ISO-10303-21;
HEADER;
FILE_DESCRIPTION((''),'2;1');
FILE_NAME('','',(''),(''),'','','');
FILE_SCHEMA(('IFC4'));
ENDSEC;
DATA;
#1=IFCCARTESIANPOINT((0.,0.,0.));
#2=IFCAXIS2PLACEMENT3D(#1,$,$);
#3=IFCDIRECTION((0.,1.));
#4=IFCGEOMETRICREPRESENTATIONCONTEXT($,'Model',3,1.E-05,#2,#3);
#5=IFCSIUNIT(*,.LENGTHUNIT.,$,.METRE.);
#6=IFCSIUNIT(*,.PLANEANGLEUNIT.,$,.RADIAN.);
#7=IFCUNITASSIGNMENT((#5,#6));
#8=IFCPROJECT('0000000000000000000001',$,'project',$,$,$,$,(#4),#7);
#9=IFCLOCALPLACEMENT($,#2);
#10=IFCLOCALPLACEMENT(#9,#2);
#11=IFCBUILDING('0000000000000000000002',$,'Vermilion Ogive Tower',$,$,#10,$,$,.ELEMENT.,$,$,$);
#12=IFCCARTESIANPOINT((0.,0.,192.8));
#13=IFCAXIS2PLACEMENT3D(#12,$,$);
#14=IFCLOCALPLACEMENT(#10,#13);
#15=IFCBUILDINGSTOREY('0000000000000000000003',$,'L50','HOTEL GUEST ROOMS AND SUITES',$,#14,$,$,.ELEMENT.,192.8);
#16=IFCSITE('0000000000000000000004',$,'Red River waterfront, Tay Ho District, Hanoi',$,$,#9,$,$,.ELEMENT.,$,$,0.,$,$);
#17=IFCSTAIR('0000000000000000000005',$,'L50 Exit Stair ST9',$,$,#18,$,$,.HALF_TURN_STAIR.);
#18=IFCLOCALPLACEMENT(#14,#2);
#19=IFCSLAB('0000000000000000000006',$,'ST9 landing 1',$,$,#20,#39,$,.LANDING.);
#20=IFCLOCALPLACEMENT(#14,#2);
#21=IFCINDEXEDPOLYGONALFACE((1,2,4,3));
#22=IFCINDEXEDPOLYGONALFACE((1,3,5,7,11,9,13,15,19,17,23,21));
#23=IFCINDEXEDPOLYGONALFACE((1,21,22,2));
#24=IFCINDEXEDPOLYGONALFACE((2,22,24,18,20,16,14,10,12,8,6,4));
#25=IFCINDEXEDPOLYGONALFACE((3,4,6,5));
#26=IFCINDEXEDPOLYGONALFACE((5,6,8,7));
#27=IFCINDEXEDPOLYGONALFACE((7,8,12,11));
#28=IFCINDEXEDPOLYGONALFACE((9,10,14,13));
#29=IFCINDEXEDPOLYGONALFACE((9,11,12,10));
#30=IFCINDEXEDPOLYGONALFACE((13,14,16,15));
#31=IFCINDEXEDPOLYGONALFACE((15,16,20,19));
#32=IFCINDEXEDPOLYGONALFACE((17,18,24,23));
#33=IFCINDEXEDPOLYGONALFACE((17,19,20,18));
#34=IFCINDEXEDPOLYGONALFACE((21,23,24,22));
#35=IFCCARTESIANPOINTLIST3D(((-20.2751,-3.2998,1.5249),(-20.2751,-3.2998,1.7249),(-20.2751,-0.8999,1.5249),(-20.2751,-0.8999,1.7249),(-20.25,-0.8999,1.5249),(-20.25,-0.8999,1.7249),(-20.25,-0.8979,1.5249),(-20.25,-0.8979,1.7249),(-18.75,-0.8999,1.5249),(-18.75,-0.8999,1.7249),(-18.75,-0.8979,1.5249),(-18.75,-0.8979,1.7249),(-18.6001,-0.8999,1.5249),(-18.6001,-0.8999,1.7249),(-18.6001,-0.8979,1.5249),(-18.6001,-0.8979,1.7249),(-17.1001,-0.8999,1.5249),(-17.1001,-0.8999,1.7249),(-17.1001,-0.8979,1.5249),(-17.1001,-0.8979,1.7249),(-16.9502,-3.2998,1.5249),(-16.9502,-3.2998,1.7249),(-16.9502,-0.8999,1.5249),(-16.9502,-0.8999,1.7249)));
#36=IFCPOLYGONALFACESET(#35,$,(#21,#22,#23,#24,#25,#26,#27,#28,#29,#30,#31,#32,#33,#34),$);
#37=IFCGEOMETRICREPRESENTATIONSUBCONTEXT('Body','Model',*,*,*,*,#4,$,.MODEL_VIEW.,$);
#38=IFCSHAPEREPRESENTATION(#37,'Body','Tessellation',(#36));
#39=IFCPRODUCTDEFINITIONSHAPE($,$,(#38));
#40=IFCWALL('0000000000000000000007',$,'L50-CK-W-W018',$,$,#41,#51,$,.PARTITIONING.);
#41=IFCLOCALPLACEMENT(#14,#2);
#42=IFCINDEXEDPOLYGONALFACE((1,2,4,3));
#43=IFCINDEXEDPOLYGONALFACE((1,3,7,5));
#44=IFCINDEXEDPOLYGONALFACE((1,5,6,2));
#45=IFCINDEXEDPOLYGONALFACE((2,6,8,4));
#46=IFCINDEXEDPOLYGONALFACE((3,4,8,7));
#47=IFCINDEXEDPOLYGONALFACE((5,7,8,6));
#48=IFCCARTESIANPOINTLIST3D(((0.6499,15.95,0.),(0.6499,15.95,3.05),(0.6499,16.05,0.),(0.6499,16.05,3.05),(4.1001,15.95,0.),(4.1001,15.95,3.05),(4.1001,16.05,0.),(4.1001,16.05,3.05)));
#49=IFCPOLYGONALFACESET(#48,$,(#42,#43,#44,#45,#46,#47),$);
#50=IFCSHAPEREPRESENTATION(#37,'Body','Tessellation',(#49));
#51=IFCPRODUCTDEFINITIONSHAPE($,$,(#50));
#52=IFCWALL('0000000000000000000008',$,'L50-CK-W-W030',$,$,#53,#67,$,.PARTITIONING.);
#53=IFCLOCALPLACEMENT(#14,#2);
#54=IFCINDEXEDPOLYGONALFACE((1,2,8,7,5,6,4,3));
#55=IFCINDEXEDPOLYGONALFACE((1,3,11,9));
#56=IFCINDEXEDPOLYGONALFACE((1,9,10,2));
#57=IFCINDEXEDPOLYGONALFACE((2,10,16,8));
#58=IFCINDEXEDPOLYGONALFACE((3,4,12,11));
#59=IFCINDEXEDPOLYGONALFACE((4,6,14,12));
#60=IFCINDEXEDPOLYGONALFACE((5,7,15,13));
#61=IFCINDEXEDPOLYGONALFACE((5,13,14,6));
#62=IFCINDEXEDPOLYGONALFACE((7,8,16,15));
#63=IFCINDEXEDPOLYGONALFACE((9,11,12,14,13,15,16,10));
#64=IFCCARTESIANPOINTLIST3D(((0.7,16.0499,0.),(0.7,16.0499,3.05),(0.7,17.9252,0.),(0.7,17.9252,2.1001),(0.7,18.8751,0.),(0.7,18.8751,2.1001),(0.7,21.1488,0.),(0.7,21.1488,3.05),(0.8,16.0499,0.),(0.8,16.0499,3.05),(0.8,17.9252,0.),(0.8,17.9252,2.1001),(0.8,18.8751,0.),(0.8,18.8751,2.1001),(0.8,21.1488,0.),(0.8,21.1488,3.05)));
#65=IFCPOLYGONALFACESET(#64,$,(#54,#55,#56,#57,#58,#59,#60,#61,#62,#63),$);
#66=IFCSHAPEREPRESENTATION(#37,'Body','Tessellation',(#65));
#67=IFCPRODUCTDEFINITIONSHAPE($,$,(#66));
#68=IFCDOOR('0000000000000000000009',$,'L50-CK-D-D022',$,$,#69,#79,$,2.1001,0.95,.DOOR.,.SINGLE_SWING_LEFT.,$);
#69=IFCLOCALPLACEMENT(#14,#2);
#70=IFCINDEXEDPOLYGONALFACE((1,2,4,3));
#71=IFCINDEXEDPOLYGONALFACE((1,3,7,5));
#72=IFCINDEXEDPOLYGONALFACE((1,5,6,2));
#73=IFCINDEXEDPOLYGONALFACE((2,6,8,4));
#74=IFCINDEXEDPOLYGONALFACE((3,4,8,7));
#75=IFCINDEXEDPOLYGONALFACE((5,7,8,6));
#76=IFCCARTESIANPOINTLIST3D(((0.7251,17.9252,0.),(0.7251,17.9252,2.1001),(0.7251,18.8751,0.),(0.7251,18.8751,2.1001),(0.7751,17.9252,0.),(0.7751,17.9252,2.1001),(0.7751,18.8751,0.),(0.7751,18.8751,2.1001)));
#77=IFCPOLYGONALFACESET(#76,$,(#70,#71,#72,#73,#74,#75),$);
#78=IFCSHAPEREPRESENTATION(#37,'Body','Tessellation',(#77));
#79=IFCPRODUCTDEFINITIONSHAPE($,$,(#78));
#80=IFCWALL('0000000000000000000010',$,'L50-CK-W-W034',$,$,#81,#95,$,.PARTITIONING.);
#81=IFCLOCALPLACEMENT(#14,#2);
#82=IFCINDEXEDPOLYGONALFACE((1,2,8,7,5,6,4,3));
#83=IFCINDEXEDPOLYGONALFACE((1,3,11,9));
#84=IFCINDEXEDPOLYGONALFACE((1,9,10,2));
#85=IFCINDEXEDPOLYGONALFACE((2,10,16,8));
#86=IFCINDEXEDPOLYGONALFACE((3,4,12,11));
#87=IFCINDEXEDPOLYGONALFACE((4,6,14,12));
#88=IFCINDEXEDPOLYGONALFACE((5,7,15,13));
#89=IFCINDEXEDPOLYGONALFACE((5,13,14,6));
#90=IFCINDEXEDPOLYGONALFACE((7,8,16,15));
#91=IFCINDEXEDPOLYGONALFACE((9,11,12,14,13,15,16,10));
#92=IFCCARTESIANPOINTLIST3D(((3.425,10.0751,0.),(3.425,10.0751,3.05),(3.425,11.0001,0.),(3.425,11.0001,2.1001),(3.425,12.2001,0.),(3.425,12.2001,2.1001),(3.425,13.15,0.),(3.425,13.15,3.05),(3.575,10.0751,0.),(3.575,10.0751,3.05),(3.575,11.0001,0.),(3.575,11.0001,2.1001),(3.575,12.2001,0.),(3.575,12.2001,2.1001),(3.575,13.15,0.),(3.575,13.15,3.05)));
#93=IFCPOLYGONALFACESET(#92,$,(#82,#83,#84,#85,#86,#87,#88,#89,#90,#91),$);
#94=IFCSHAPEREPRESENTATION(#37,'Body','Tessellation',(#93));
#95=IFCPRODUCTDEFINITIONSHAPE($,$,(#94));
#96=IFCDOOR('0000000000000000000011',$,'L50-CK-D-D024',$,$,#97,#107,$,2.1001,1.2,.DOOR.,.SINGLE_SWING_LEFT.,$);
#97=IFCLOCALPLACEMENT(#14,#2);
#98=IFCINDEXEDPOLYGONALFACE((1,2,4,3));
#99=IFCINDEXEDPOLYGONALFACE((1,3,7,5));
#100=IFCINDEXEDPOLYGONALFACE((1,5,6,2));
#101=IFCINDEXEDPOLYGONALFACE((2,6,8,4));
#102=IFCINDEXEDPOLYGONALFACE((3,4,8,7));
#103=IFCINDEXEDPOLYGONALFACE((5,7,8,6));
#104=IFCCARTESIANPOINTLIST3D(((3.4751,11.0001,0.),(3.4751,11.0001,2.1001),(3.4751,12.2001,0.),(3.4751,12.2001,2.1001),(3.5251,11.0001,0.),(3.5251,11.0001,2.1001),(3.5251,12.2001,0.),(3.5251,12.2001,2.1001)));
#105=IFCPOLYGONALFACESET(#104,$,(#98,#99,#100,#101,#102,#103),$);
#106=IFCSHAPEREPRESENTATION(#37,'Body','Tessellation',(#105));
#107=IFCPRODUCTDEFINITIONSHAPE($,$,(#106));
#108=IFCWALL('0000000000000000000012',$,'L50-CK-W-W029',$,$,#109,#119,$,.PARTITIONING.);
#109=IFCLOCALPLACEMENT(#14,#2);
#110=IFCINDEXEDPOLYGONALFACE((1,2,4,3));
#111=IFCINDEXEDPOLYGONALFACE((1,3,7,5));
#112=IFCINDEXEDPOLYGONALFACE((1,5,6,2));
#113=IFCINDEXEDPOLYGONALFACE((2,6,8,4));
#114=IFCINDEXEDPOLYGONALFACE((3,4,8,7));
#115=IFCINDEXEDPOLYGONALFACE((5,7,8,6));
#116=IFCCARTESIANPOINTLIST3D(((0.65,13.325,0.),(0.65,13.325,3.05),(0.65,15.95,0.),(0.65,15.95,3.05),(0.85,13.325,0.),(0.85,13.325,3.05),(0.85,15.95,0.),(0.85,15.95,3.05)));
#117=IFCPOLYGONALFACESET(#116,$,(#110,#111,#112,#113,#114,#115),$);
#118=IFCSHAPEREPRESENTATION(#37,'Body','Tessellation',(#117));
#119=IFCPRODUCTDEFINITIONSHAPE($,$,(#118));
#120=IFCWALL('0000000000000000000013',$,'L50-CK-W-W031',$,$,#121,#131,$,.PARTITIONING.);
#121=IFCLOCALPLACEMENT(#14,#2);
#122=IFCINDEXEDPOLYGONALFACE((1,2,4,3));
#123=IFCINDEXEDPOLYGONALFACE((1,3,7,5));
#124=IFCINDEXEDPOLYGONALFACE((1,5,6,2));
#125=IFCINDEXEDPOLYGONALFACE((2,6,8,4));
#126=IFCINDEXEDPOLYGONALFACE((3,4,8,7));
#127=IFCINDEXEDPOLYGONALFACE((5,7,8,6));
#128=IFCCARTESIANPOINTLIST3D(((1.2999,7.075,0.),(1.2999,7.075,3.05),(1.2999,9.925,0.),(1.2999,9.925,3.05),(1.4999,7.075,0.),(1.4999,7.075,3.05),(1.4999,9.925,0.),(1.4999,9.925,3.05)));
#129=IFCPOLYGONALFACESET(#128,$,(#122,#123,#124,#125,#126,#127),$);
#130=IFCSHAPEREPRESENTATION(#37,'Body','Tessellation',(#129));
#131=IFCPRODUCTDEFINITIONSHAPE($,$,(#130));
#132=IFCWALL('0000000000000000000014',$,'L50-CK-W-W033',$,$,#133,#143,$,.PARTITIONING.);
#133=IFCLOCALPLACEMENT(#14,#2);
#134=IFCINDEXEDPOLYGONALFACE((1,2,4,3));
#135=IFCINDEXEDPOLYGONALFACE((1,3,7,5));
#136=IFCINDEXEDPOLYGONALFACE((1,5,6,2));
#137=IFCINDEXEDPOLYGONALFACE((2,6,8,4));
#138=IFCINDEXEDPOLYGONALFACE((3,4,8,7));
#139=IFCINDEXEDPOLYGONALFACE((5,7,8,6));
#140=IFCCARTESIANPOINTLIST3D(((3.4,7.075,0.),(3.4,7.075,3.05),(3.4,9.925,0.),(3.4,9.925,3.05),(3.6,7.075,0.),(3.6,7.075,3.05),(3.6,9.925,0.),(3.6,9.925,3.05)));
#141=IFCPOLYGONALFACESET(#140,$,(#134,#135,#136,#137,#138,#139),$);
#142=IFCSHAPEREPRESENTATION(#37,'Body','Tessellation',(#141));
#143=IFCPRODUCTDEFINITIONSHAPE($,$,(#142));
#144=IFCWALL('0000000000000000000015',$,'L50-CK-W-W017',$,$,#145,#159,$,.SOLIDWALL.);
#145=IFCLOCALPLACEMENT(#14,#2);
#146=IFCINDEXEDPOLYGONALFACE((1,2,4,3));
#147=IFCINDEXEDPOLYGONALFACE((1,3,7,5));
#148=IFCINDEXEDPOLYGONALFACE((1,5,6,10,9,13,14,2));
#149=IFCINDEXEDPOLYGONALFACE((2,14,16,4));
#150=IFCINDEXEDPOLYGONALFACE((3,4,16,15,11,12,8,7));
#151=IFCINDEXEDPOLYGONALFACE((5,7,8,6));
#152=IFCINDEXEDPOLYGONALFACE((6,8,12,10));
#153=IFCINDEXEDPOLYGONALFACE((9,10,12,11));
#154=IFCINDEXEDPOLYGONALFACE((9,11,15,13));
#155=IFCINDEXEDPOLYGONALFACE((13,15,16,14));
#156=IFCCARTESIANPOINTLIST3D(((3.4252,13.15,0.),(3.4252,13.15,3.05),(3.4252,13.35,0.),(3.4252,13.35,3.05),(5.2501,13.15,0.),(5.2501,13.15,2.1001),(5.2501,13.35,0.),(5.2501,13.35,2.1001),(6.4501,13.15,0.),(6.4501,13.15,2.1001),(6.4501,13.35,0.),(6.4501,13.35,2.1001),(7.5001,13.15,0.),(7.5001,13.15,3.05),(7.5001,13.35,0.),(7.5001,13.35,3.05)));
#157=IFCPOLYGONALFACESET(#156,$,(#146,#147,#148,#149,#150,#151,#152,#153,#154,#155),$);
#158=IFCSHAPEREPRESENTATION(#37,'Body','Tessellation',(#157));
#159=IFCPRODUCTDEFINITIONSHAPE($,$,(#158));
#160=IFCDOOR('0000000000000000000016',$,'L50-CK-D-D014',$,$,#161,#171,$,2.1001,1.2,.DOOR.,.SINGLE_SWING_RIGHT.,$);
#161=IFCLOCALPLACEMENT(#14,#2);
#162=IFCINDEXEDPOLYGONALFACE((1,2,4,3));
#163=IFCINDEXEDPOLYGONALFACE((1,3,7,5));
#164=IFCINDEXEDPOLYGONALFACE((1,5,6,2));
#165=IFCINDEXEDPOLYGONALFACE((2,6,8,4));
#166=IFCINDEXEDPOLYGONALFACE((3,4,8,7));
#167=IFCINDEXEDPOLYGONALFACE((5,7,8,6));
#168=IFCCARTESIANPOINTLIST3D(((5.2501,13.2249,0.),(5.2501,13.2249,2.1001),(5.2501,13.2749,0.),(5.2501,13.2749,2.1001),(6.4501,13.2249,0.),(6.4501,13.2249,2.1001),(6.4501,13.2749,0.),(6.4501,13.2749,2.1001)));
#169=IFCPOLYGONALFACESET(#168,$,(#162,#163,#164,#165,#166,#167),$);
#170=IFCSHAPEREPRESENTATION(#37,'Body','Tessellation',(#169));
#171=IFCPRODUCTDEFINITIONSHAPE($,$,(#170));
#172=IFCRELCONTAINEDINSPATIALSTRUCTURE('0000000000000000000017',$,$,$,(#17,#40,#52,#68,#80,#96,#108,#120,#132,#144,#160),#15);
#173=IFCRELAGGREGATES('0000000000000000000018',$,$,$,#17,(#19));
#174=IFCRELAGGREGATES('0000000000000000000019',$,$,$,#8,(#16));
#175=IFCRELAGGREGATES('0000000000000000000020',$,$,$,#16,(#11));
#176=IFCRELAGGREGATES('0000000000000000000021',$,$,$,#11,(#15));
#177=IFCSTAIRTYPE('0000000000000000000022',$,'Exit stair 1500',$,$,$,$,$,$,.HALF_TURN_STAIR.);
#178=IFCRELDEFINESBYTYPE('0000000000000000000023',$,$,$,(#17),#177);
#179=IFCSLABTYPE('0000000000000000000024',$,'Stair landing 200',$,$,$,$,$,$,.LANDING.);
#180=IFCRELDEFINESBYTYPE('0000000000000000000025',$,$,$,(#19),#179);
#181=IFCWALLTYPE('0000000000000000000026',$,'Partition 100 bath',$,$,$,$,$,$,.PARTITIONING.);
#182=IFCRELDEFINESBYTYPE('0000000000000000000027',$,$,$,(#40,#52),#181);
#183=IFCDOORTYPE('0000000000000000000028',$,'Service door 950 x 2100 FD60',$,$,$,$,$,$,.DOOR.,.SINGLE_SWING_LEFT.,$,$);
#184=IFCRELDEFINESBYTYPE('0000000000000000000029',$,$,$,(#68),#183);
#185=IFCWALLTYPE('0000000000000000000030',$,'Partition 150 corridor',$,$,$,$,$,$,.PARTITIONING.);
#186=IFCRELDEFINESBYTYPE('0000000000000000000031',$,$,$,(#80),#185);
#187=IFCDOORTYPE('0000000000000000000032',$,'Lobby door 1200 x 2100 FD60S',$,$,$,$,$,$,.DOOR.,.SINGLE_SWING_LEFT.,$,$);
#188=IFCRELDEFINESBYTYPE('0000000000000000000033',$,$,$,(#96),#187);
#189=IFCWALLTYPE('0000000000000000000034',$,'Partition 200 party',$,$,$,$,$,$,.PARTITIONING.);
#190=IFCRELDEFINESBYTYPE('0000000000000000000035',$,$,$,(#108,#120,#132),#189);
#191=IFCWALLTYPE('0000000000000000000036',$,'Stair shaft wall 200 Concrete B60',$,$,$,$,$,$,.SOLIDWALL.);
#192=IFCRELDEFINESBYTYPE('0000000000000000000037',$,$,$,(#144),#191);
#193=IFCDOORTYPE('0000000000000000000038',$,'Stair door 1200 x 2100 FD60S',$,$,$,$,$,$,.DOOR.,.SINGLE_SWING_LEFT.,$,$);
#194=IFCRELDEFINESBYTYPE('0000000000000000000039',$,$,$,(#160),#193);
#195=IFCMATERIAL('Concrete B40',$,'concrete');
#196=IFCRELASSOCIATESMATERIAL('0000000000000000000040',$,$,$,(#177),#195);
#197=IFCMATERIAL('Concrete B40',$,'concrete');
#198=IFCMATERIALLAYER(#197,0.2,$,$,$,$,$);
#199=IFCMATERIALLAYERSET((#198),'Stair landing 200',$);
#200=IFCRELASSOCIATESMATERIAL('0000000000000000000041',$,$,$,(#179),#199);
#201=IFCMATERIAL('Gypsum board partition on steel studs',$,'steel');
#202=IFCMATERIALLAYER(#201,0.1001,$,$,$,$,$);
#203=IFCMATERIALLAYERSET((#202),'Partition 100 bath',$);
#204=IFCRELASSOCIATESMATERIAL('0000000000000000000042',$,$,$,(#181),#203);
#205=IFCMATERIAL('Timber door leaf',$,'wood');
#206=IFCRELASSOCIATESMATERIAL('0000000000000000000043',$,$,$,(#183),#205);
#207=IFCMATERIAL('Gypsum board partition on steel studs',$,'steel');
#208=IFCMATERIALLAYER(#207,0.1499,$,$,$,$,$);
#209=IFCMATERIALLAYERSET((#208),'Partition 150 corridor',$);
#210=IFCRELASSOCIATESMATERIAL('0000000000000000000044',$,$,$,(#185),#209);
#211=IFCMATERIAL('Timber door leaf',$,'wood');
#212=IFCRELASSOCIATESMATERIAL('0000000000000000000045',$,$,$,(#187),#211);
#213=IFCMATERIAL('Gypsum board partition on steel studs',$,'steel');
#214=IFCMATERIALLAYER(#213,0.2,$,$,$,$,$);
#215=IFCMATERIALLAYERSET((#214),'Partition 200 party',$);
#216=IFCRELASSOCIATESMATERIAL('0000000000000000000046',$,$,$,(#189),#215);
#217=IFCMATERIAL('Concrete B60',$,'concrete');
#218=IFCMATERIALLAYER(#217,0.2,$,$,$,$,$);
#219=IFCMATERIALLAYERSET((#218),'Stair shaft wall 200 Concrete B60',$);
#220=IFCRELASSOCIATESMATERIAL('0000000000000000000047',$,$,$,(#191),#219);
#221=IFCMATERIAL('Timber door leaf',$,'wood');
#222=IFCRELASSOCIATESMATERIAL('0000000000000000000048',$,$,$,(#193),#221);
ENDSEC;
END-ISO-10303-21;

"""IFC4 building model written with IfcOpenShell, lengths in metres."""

from ifc_helpers import new_model, si_unit, direction, frame, frame_2d, origin, place, context, subcontext, project, spatial, polyline, rectangle, outline, extrude, material, layer, layer_set, type_object, element, fill, aggregate, save


model = new_model("IFC4")

# Units and contexts
model_context = context("Model", 3, precision=1e-05, world=origin(), true_north=direction((0.0, 1.0)))
body_context = subcontext(model_context, "Body", "Model", "MODEL_VIEW")
ifc_project = project(units=[si_unit("LENGTHUNIT", "METRE"), si_unit("PLANEANGLEUNIT", "RADIAN")], contexts=[model_context])

# Site, building, storey
site_placement = place(None, origin())
site = spatial("IfcSite", under=ifc_project, at=site_placement, Name="Red River waterfront, Tay Ho District, Hanoi", CompositionType="ELEMENT", RefElevation=0.0)
building_placement = place(site_placement, origin())
building = spatial("IfcBuilding", under=site, at=building_placement, Name="Vermilion Ogive Tower", CompositionType="ELEMENT")
storey_placement = place(building_placement, frame((0.0, 0.0, 192.8)))
storey = spatial("IfcBuildingStorey", under=building, at=storey_placement, Name="L50", Description="HOTEL GUEST ROOMS AND SUITES", CompositionType="ELEMENT", Elevation=192.8)

# Stair, slab
ifc_material_1 = material(Name="Concrete B40", Category="concrete")
stair_type = type_object("IfcStairType", Name="Exit stair 1500", PredefinedType="HALF_TURN_STAIR", material=ifc_material_1)
ifc_material_2 = material(Name="Concrete B40", Category="concrete")
ifc_layer_1 = layer(ifc_material_2, 0.2)
ifc_layer_set_1 = layer_set([ifc_layer_1], Name="Stair landing 200")
slab_type_1 = type_object("IfcSlabType", Name="Stair landing 200", PredefinedType="LANDING", material=ifc_layer_set_1)
stair_1_placement = place(storey_placement, origin())
stair_1 = element("IfcStair", 1, at=stair_1_placement, inside=storey, type_object=stair_type, Name="L50 Exit Stair ST9", PredefinedType="HALF_TURN_STAIR")
slab_1_placement = place(storey_placement, frame((0.0, 0.0, 1.5249)))
slab_1 = element("IfcSlab", 2, at=slab_1_placement, type_object=slab_type_1, Name="ST9 landing 1", PredefinedType="LANDING", context=body_context, shape_type="SweptSolid", body=[
    extrude(outline(polyline([(-16.9502, -0.8999), (-17.1001, -0.8999), (-17.1001, -0.8979), (-18.6001, -0.8979), (-18.6001, -0.8999), (-18.75, -0.8999), (-18.75, -0.8979), (-20.25, -0.8979), (-20.25, -0.8999), (-20.2751, -0.8999), (-20.2751, -3.2998), (-16.9502, -3.2998), (-16.9502, -0.8999)])), origin(), (0.0, 0.0, 1.0), 0.2),
])
aggregate(stair_1, [slab_1])

# Wall
ifc_material_3 = material(Name="Gypsum board partition on steel studs", Category="steel")
ifc_layer_2 = layer(ifc_material_3, 0.1001)
ifc_layer_set_2 = layer_set([ifc_layer_2], Name="Partition 100 bath")
wall_type_1 = type_object("IfcWallType", Name="Partition 100 bath", PredefinedType="PARTITIONING", material=ifc_layer_set_2)
wall_1_placement = place(storey_placement, frame((0.6499, 16.0, 0.0), z_axis=(0.0, 0.0, 1.0), x_axis=(1.0, 0.0, 0.0)))
element("IfcWall", 3, at=wall_1_placement, inside=storey, type_object=wall_type_1, Name="L50-CK-W-W018", PredefinedType="PARTITIONING", context=body_context, shape_type="SweptSolid", body=[
    extrude(rectangle(XDim=3.4502, YDim=0.1001, at=frame_2d((1.7251, 0.0))), origin(), (0.0, 0.0, 1.0), 3.05),
])

# Walls, openings, doors
wall_2_placement = place(storey_placement, frame((0.75, 16.05, 0.0), z_axis=(0.0, 0.0, 1.0), x_axis=(0.0, 1.0, 0.0)))
wall_2 = element("IfcWall", 4, at=wall_2_placement, inside=storey, type_object=wall_type_1, Name="L50-CK-W-W030", PredefinedType="PARTITIONING", context=body_context, shape_type="SweptSolid", body=[
    extrude(rectangle(XDim=5.0989, YDim=0.1001, at=frame_2d((2.5493, 0.0))), origin(), (0.0, 0.0, 1.0), 3.05),
])
opening_1_placement = place(wall_2_placement, frame((1.875, 0.0, 0.0)))
opening_1 = element("IfcOpeningElement", 5, at=opening_1_placement, cuts=wall_2, PredefinedType="OPENING", context=body_context, shape_type="SweptSolid", body=[
    extrude(rectangle(XDim=0.95, YDim=2.1001, at=frame_2d((0.4751, 1.05))), frame((0.0, 0.0601, 0.0), z_axis=(0.0, -1.0, 0.0), x_axis=(1.0, 0.0, 0.0)), (0.0, 0.0, 1.0), 0.1201),
])
ifc_material_4 = material(Name="Timber door leaf", Category="wood")
door_type_1 = type_object("IfcDoorType", Name="Service door 950 x 2100 FD60", OperationType="SINGLE_SWING_LEFT", PredefinedType="DOOR", material=ifc_material_4)
door_1_placement = place(opening_1_placement, origin())
door_1 = element("IfcDoor", 6, at=door_1_placement, inside=storey, type_object=door_type_1, Name="L50-CK-D-D022", OperationType="SINGLE_SWING_LEFT", OverallHeight=2.1001, OverallWidth=0.95, PredefinedType="DOOR", context=body_context, shape_type="SweptSolid", body=[
    extrude(rectangle(XDim=0.95, YDim=2.1001, at=frame_2d((0.4751, 1.05))), frame((0.0, 0.0249, 0.0), z_axis=(0.0, -1.0, 0.0), x_axis=(1.0, 0.0, 0.0)), (0.0, 0.0, 1.0), 0.05),
])
fill(opening_1, door_1)
ifc_material_5 = material(Name="Gypsum board partition on steel studs", Category="steel")
ifc_layer_3 = layer(ifc_material_5, 0.1499)
ifc_layer_set_3 = layer_set([ifc_layer_3], Name="Partition 150 corridor")
wall_type_2 = type_object("IfcWallType", Name="Partition 150 corridor", PredefinedType="PARTITIONING", material=ifc_layer_set_3)
wall_3_placement = place(storey_placement, frame((3.5, 10.075, 0.0), z_axis=(0.0, 0.0, 1.0), x_axis=(0.0, 1.0, 0.0)))
wall_3 = element("IfcWall", 7, at=wall_3_placement, inside=storey, type_object=wall_type_2, Name="L50-CK-W-W034", PredefinedType="PARTITIONING", context=body_context, shape_type="SweptSolid", body=[
    extrude(rectangle(XDim=3.075, YDim=0.1499, at=frame_2d((1.5376, 0.0))), origin(), (0.0, 0.0, 1.0), 3.05),
])
opening_2_placement = place(wall_3_placement, frame((0.925, 0.0, 0.0)))
opening_2 = element("IfcOpeningElement", 8, at=opening_2_placement, cuts=wall_3, PredefinedType="OPENING", context=body_context, shape_type="SweptSolid", body=[
    extrude(rectangle(XDim=1.2, YDim=2.1001, at=frame_2d((0.6001, 1.05))), frame((0.0, 0.085, 0.0), z_axis=(0.0, -1.0, 0.0), x_axis=(1.0, 0.0, 0.0)), (0.0, 0.0, 1.0), 0.1699),
])
ifc_material_6 = material(Name="Timber door leaf", Category="wood")
door_type_2 = type_object("IfcDoorType", Name="Lobby door 1200 x 2100 FD60S", OperationType="SINGLE_SWING_LEFT", PredefinedType="DOOR", material=ifc_material_6)
door_2_placement = place(opening_2_placement, origin())
door_2 = element("IfcDoor", 9, at=door_2_placement, inside=storey, type_object=door_type_2, Name="L50-CK-D-D024", OperationType="SINGLE_SWING_LEFT", OverallHeight=2.1001, OverallWidth=1.2, PredefinedType="DOOR", context=body_context, shape_type="SweptSolid", body=[
    extrude(rectangle(XDim=1.2, YDim=2.1001, at=frame_2d((0.6001, 1.05))), frame((0.0, 0.0249, 0.0), z_axis=(0.0, -1.0, 0.0), x_axis=(1.0, 0.0, 0.0)), (0.0, 0.0, 1.0), 0.05),
])
fill(opening_2, door_2)

# Walls
ifc_material_7 = material(Name="Gypsum board partition on steel studs", Category="steel")
ifc_layer_4 = layer(ifc_material_7, 0.2)
ifc_layer_set_4 = layer_set([ifc_layer_4], Name="Partition 200 party")
wall_type_3 = type_object("IfcWallType", Name="Partition 200 party", PredefinedType="PARTITIONING", material=ifc_layer_set_4)
wall_4_placement = place(storey_placement, frame((0.75, 13.325, 0.0), z_axis=(0.0, 0.0, 1.0), x_axis=(0.0, 1.0, 0.0)))
element("IfcWall", 10, at=wall_4_placement, inside=storey, type_object=wall_type_3, Name="L50-CK-W-W029", PredefinedType="PARTITIONING", context=body_context, shape_type="SweptSolid", body=[
    extrude(rectangle(XDim=2.625, YDim=0.2, at=frame_2d((1.3125, 0.0))), origin(), (0.0, 0.0, 1.0), 3.05),
])
for number, where, z_axis, x_axis, name in (
    (11, (1.3999, 7.075, 0.0), (0.0, 0.0, 1.0), (0.0, 1.0, 0.0), "L50-CK-W-W031"),
    (12, (3.5, 7.075, 0.0), (0.0, 0.0, 1.0), (0.0, 1.0, 0.0), "L50-CK-W-W033"),
):
    element("IfcWall", number, at=place(storey_placement, frame(where, z_axis=z_axis, x_axis=x_axis)), inside=storey, type_object=wall_type_3, Name=name, PredefinedType="PARTITIONING", context=body_context, shape_type="SweptSolid", body=[
        extrude(rectangle(XDim=2.8501, YDim=0.2, at=frame_2d((1.425, 0.0))), origin(), (0.0, 0.0, 1.0), 3.05),
    ])

# Wall, opening, door
ifc_material_8 = material(Name="Concrete B60", Category="concrete")
ifc_layer_5 = layer(ifc_material_8, 0.2)
ifc_layer_set_5 = layer_set([ifc_layer_5], Name="Stair shaft wall 200 Concrete B60")
wall_type_4 = type_object("IfcWallType", Name="Stair shaft wall 200 Concrete B60", PredefinedType="SOLIDWALL", material=ifc_layer_set_5)
wall_5_placement = place(storey_placement, frame((3.425, 13.25, 0.0), z_axis=(0.0, 0.0, 1.0), x_axis=(1.0, 0.0, 0.0)))
wall_5 = element("IfcWall", 13, at=wall_5_placement, inside=storey, type_object=wall_type_4, Name="L50-CK-W-W017", PredefinedType="SOLIDWALL", context=body_context, shape_type="SweptSolid", body=[
    extrude(rectangle(XDim=4.075, YDim=0.2, at=frame_2d((2.0376, 0.0))), origin(), (0.0, 0.0, 1.0), 3.05),
])
opening_3_placement = place(wall_5_placement, frame((1.825, 0.0, 0.0)))
opening_3 = element("IfcOpeningElement", 14, at=opening_3_placement, cuts=wall_5, PredefinedType="OPENING", context=body_context, shape_type="SweptSolid", body=[
    extrude(rectangle(XDim=1.2, YDim=2.1001, at=frame_2d((0.6001, 1.05))), frame((0.0, 0.1099, 0.0), z_axis=(0.0, -1.0, 0.0), x_axis=(1.0, 0.0, 0.0)), (0.0, 0.0, 1.0), 0.22),
])
ifc_material_9 = material(Name="Timber door leaf", Category="wood")
door_type_3 = type_object("IfcDoorType", Name="Stair door 1200 x 2100 FD60S", OperationType="SINGLE_SWING_LEFT", PredefinedType="DOOR", material=ifc_material_9)
door_3_placement = place(opening_3_placement, origin())
door_3 = element("IfcDoor", 15, at=door_3_placement, inside=storey, type_object=door_type_3, Name="L50-CK-D-D014", OperationType="SINGLE_SWING_RIGHT", OverallHeight=2.1001, OverallWidth=1.2, PredefinedType="DOOR", context=body_context, shape_type="SweptSolid", body=[
    extrude(rectangle(XDim=1.2, YDim=2.1001, at=frame_2d((0.6001, 1.05))), frame((0.0, 0.0249, 0.0), z_axis=(0.0, -1.0, 0.0), x_axis=(1.0, 0.0, 0.0)), (0.0, 0.0, 1.0), 0.05),
])
fill(opening_3, door_3)

save(model, "model.ifc")
